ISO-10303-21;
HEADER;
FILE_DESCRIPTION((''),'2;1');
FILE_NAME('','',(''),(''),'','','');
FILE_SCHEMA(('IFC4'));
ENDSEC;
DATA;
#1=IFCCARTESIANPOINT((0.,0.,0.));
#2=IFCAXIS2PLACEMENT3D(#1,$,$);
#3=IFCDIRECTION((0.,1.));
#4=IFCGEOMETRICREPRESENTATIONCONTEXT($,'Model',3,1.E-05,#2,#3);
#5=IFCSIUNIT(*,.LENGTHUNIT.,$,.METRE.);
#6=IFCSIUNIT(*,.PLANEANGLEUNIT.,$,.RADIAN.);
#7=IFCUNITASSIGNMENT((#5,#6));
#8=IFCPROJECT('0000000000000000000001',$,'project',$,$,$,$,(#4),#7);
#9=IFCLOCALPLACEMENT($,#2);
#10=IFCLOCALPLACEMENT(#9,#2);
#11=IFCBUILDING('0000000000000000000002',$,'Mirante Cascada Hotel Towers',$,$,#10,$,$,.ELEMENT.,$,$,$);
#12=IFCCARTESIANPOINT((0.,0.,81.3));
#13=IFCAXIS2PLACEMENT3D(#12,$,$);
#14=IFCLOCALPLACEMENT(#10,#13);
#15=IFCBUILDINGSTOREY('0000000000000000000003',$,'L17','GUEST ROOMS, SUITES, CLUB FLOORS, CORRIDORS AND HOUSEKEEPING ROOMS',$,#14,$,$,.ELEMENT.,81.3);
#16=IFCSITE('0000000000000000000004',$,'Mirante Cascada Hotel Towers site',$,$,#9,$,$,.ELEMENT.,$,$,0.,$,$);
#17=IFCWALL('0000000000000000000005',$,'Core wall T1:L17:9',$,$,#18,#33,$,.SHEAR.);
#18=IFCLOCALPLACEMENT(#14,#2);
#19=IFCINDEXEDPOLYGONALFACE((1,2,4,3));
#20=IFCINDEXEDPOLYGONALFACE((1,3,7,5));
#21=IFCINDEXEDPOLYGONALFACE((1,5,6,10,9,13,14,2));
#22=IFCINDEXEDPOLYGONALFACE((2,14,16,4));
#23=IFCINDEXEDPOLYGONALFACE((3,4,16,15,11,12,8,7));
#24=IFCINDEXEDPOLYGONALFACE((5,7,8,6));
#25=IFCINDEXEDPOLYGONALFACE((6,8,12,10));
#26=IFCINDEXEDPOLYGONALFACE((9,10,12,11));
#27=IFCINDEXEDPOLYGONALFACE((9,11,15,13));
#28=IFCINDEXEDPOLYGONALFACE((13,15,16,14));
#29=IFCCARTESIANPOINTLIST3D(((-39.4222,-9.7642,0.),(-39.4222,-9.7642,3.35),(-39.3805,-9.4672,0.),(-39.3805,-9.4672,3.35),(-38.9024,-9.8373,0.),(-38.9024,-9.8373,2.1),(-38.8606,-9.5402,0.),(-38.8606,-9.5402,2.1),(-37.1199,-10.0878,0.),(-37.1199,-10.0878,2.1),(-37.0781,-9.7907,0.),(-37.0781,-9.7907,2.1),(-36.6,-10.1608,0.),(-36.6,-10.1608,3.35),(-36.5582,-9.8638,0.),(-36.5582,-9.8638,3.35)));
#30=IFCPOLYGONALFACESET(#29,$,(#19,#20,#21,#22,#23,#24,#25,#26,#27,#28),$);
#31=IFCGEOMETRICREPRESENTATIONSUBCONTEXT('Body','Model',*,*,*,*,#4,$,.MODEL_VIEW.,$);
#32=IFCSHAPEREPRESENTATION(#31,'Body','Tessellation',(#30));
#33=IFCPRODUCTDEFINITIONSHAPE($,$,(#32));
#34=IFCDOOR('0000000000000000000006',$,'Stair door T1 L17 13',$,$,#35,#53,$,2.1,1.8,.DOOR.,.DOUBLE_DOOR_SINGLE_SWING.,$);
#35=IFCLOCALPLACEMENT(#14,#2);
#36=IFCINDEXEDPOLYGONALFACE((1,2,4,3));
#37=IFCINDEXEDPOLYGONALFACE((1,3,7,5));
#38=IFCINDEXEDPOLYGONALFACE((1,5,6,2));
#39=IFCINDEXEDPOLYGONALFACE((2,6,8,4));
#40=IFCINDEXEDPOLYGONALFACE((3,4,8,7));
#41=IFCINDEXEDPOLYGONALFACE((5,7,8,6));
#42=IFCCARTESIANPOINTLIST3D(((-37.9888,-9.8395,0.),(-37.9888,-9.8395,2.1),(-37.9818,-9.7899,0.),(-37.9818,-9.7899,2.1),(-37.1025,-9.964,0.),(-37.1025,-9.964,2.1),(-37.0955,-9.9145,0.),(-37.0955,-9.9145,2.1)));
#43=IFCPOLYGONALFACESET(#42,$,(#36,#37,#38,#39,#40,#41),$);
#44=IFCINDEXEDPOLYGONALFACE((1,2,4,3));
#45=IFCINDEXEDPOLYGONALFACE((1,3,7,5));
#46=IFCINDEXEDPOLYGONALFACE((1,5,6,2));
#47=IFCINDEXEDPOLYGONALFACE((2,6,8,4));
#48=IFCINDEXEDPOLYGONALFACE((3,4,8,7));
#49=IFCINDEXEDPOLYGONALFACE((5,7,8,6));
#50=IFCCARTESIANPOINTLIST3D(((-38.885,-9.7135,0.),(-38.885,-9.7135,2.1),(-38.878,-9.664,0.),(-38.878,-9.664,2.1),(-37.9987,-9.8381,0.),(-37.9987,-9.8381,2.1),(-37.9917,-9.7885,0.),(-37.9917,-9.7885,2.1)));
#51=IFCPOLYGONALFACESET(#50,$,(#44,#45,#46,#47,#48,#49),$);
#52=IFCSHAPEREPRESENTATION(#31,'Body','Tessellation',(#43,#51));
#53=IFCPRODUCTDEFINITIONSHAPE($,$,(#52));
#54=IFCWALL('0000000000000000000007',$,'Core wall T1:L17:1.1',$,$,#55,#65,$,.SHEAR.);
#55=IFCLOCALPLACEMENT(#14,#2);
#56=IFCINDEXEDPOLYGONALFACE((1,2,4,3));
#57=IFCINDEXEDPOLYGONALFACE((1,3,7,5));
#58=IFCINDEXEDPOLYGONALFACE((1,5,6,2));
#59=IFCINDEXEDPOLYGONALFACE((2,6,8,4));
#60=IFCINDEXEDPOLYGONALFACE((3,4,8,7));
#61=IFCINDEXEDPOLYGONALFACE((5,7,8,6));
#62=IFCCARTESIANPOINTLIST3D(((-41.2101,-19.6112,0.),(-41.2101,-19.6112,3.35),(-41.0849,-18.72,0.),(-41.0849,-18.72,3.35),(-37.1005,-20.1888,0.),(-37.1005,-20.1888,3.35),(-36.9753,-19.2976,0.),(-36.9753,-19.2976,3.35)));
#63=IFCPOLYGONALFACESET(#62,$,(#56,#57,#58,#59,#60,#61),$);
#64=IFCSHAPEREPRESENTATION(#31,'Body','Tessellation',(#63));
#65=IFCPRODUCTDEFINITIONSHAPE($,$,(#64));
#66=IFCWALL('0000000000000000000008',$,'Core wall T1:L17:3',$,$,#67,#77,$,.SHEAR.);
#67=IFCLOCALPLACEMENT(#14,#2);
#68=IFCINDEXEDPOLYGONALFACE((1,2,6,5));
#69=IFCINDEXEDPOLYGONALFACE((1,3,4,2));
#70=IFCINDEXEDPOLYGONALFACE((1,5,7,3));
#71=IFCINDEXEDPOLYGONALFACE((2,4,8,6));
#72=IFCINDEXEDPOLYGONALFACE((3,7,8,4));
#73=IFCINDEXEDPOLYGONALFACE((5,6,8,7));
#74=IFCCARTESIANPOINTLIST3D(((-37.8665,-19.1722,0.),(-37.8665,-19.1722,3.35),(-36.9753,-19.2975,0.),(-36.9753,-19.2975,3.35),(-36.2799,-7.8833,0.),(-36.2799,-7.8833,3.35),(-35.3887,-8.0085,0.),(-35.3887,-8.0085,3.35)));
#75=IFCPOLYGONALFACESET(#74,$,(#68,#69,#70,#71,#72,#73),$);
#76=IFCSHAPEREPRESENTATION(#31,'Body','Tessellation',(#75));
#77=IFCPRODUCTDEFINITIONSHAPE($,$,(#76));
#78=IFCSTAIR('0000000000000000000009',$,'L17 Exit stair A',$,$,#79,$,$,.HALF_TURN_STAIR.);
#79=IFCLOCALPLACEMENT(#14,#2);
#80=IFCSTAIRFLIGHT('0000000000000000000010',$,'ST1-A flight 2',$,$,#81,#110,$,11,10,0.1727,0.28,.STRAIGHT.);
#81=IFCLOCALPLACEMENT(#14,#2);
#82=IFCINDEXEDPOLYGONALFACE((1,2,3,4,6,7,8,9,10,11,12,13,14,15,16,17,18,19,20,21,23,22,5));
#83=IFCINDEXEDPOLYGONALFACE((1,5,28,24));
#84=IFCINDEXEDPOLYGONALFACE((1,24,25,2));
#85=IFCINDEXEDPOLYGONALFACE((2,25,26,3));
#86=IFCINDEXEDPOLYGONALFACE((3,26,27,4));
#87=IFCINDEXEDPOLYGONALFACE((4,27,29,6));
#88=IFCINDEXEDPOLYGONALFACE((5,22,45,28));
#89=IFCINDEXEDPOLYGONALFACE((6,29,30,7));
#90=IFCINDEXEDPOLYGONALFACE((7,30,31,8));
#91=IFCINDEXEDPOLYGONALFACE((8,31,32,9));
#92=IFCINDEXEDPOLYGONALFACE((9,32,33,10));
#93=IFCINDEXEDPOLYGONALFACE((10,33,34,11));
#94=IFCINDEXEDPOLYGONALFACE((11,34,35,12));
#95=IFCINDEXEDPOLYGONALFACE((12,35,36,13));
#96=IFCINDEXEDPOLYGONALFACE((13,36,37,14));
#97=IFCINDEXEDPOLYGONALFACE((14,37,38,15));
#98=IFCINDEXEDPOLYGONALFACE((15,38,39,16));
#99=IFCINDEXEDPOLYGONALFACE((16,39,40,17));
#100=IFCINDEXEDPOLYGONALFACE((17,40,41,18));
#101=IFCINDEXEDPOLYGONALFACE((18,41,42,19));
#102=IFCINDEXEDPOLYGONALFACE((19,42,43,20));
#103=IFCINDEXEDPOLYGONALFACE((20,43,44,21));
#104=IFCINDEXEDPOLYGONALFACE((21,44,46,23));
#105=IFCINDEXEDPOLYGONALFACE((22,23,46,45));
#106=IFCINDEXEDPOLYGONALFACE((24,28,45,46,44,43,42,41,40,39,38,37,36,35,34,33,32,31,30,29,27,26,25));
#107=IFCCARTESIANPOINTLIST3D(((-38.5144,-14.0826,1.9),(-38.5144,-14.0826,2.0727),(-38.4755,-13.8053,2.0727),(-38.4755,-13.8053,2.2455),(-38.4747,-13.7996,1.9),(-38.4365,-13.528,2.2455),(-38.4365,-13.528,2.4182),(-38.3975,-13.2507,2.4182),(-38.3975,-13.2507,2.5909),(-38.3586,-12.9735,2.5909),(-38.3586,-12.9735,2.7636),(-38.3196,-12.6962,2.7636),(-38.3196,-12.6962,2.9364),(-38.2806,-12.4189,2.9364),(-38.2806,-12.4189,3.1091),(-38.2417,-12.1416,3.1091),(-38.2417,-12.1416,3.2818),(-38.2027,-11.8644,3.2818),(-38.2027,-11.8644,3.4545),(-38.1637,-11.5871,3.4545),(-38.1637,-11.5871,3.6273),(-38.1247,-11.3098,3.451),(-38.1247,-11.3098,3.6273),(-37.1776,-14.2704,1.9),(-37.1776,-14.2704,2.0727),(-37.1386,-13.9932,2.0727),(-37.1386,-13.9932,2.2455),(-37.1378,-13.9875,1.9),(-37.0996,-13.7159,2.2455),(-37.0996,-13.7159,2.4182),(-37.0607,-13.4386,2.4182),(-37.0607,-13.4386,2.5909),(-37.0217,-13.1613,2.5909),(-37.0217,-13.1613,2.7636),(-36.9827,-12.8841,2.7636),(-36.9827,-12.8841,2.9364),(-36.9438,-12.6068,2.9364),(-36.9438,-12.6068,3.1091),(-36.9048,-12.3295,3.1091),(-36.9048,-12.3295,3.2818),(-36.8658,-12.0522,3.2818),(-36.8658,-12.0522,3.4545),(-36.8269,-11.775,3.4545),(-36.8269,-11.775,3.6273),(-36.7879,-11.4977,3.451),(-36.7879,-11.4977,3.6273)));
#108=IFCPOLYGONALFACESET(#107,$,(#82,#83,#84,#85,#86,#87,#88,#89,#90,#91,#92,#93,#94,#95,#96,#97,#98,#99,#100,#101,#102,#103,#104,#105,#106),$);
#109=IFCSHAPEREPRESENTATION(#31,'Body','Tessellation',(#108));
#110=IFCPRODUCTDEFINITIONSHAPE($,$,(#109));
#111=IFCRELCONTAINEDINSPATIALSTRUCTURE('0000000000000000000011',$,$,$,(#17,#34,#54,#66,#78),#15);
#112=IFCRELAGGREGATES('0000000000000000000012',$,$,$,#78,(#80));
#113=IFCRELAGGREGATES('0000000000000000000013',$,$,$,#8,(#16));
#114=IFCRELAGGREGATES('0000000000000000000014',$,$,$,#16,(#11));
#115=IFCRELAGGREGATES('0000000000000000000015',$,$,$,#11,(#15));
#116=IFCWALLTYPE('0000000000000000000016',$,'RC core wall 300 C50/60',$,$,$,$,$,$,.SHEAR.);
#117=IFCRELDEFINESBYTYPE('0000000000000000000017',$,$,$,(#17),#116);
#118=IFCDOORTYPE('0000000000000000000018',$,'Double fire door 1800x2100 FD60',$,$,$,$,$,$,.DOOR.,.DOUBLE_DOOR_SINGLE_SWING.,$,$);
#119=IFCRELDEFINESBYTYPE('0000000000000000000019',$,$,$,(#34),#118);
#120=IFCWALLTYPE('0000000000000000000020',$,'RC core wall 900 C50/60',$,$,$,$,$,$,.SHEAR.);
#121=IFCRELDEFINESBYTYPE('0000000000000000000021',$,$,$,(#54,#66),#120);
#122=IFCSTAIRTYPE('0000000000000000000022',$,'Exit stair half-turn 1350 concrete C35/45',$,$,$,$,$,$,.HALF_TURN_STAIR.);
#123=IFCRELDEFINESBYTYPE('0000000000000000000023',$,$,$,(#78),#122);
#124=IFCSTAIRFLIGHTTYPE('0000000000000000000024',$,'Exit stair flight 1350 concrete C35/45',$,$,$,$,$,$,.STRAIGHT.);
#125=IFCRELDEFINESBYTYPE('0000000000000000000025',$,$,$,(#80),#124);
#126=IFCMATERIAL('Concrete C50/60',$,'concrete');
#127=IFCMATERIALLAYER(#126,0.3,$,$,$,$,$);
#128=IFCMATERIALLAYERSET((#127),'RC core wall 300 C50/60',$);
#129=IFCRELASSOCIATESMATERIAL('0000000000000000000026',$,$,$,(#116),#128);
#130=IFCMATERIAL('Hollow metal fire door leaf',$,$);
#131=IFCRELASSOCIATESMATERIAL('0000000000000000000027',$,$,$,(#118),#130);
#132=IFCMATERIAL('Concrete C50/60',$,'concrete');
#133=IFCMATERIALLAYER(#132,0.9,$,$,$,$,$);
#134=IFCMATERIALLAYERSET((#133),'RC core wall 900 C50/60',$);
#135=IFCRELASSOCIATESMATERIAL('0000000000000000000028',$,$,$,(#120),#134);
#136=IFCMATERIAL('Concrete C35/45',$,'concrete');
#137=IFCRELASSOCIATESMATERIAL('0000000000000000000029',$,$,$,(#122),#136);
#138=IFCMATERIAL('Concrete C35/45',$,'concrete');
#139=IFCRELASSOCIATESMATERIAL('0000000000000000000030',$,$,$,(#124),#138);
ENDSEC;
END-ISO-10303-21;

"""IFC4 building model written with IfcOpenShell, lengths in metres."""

from ifc_helpers import new_model, si_unit, direction, frame, frame_2d, origin, place, context, subcontext, project, spatial, polyline, rectangle, outline, extrude, material, layer, layer_set, type_object, element, fill, aggregate, save


model = new_model("IFC4")

# Units and contexts
model_context = context("Model", 3, precision=1e-05, world=origin(), true_north=direction((0.0, 1.0)))
body_context = subcontext(model_context, "Body", "Model", "MODEL_VIEW")
ifc_project = project(units=[si_unit("LENGTHUNIT", "METRE"), si_unit("PLANEANGLEUNIT", "RADIAN")], contexts=[model_context])

# Site, building, storey
site_placement = place(None, origin())
site = spatial("IfcSite", under=ifc_project, at=site_placement, Name="Mirante Cascada Hotel Towers site", CompositionType="ELEMENT", RefElevation=0.0)
building_placement = place(site_placement, origin())
building = spatial("IfcBuilding", under=site, at=building_placement, Name="Mirante Cascada Hotel Towers", CompositionType="ELEMENT")
storey_placement = place(building_placement, frame((0.0, 0.0, 81.3)))
storey = spatial("IfcBuildingStorey", under=building, at=storey_placement, Name="L17", Description="GUEST ROOMS, SUITES, CLUB FLOORS, CORRIDORS AND HOUSEKEEPING ROOMS", CompositionType="ELEMENT", Elevation=81.3)

# Wall, opening, door
ifc_material_1 = material(Name="Concrete C50/60", Category="concrete")
ifc_layer_1 = layer(ifc_material_1, 0.3)
ifc_layer_set_1 = layer_set([ifc_layer_1], Name="RC core wall 300 C50/60")
wall_type_1 = type_object("IfcWallType", Name="RC core wall 300 C50/60", PredefinedType="SHEAR", material=ifc_layer_set_1)
wall_1_placement = place(storey_placement, frame((-36.5791, -10.0123, 0.0), z_axis=(0.0, 0.0, 1.0), x_axis=(-0.99027, 0.139156, 0.0)))
wall_1 = element("IfcWall", 1, at=wall_1_placement, inside=storey, type_object=wall_type_1, Name="Core wall T1:L17:9", PredefinedType="SHEAR", context=body_context, shape_type="SweptSolid", body=[
    extrude(rectangle(XDim=2.85, YDim=0.3, at=frame_2d((1.425, 0.0))), origin(), (0.0, 0.0, 1.0), 3.35),
])
opening_1_placement = place(wall_1_placement, frame((0.525, 0.0, 0.0)))
opening_1 = element("IfcOpeningElement", 2, at=opening_1_placement, cuts=wall_1, PredefinedType="OPENING", context=body_context, shape_type="SweptSolid", body=[
    extrude(rectangle(XDim=1.8, YDim=2.1, at=frame_2d((0.9, 1.05))), frame((0.0, 0.15, 0.0), z_axis=(0.0, -1.0, 0.0), x_axis=(1.0, 0.0, 0.0)), (0.0, 0.0, 1.0), 0.3),
])
ifc_material_2 = material(Name="Hollow metal fire door leaf")
door_type_1 = type_object("IfcDoorType", Name="Double fire door 1800x2100 FD60", OperationType="DOUBLE_DOOR_SINGLE_SWING", PredefinedType="DOOR", material=ifc_material_2)
door_1_placement = place(opening_1_placement, origin())
door_1 = element("IfcDoor", 3, at=door_1_placement, inside=storey, type_object=door_type_1, Name="Stair door T1 L17 13", OperationType="DOUBLE_DOOR_SINGLE_SWING", OverallHeight=2.1, OverallWidth=1.8, PredefinedType="DOOR", context=body_context, shape_type="SweptSolid", body=[
    extrude(rectangle(XDim=0.895, YDim=2.1, at=frame_2d((0.4475, 1.05))), frame((0.0, 0.025, 0.0), z_axis=(0.0, -1.0, 0.0), x_axis=(1.0, 0.0, 0.0)), (0.0, 0.0, 1.0), 0.05),
    extrude(rectangle(XDim=0.895, YDim=2.1, at=frame_2d((1.3525, 1.05))), frame((0.0, 0.025, 0.0), z_axis=(0.0, -1.0, 0.0), x_axis=(1.0, 0.0, 0.0)), (0.0, 0.0, 1.0), 0.05),
])
fill(opening_1, door_1)

# Wall
ifc_material_3 = material(Name="Concrete C50/60", Category="concrete")
ifc_layer_2 = layer(ifc_material_3, 0.9)
ifc_layer_set_2 = layer_set([ifc_layer_2], Name="RC core wall 900 C50/60")
wall_type_2 = type_object("IfcWallType", Name="RC core wall 900 C50/60", PredefinedType="SHEAR", material=ifc_layer_set_2)
wall_2_placement = place(storey_placement, frame((-37.0379, -19.7432, 0.0), z_axis=(0.0, 0.0, 1.0), x_axis=(-0.990267, 0.139181, 0.0)))
element("IfcWall", 4, at=wall_2_placement, inside=storey, type_object=wall_type_2, Name="Core wall T1:L17:1.1", PredefinedType="SHEAR", context=body_context, shape_type="SweptSolid", body=[
    extrude(rectangle(XDim=4.15, YDim=0.9, at=frame_2d((2.075, 0.0))), origin(), (0.0, 0.0, 1.0), 3.35),
])

# Wall
wall_3_placement = place(storey_placement, frame((-37.4209, -19.2349, 0.0), z_axis=(0.0, 0.0, 1.0), x_axis=(0.139176, 0.990268, 0.0)))
element("IfcWall", 5, at=wall_3_placement, inside=storey, type_object=wall_type_2, Name="Core wall T1:L17:3", PredefinedType="SHEAR", context=body_context, shape_type="SweptSolid", body=[
    extrude(rectangle(XDim=11.3999, YDim=0.9, at=frame_2d((5.7, 0.0))), origin(), (0.0, 0.0, 1.0), 3.35),
])

# Stair, stair flight
ifc_material_4 = material(Name="Concrete C35/45", Category="concrete")
stair_type = type_object("IfcStairType", Name="Exit stair half-turn 1350 concrete C35/45", PredefinedType="HALF_TURN_STAIR", material=ifc_material_4)
stair_placement = place(storey_placement, origin())
stair = element("IfcStair", 6, at=stair_placement, inside=storey, type_object=stair_type, Name="L17 Exit stair A", PredefinedType="HALF_TURN_STAIR")
ifc_material_5 = material(Name="Concrete C35/45", Category="concrete")
stair_flight_type = type_object("IfcStairFlightType", Name="Exit stair flight 1350 concrete C35/45", PredefinedType="STRAIGHT", material=ifc_material_5)
stair_flight_placement = place(storey_placement, frame((-37.846, -14.1765, 1.9), z_axis=(0.0, 0.0, 1.0), x_axis=(0.139173, 0.990268, 0.0)))
stair_flight = element("IfcStairFlight", 7, at=stair_flight_placement, type_object=stair_flight_type, Name="ST1-A flight 2", NumberOfRisers=11, NumberOfTreads=10, PredefinedType="STRAIGHT", RiserHeight=0.1727, TreadLength=0.28, context=body_context, shape_type="SweptSolid", body=[
    extrude(outline(polyline([(0.0, 0.0), (0.0, 0.1727), (0.28, 0.1727), (0.28, 0.3455), (0.56, 0.3455), (0.56, 0.5182), (0.84, 0.5182), (0.84, 0.6909), (1.12, 0.6909), (1.12, 0.8636), (1.4, 0.8636), (1.4, 1.0364), (1.68, 1.0364), (1.68, 1.2091), (1.96, 1.2091), (1.96, 1.3818), (2.24, 1.3818), (2.24, 1.5545), (2.52, 1.5545), (2.52, 1.7273), (2.8, 1.7273), (2.8, 1.9), (2.8, 1.551), (0.2857, 0.0), (0.0, 0.0)])), frame((0.0, 0.675, 0.0), z_axis=(0.0, -1.0, 0.0), x_axis=(1.0, 0.0, 0.0)), (0.0, 0.0, 1.0), 1.35),
])
aggregate(stair, [stair_flight])

save(model, "model.ifc")
